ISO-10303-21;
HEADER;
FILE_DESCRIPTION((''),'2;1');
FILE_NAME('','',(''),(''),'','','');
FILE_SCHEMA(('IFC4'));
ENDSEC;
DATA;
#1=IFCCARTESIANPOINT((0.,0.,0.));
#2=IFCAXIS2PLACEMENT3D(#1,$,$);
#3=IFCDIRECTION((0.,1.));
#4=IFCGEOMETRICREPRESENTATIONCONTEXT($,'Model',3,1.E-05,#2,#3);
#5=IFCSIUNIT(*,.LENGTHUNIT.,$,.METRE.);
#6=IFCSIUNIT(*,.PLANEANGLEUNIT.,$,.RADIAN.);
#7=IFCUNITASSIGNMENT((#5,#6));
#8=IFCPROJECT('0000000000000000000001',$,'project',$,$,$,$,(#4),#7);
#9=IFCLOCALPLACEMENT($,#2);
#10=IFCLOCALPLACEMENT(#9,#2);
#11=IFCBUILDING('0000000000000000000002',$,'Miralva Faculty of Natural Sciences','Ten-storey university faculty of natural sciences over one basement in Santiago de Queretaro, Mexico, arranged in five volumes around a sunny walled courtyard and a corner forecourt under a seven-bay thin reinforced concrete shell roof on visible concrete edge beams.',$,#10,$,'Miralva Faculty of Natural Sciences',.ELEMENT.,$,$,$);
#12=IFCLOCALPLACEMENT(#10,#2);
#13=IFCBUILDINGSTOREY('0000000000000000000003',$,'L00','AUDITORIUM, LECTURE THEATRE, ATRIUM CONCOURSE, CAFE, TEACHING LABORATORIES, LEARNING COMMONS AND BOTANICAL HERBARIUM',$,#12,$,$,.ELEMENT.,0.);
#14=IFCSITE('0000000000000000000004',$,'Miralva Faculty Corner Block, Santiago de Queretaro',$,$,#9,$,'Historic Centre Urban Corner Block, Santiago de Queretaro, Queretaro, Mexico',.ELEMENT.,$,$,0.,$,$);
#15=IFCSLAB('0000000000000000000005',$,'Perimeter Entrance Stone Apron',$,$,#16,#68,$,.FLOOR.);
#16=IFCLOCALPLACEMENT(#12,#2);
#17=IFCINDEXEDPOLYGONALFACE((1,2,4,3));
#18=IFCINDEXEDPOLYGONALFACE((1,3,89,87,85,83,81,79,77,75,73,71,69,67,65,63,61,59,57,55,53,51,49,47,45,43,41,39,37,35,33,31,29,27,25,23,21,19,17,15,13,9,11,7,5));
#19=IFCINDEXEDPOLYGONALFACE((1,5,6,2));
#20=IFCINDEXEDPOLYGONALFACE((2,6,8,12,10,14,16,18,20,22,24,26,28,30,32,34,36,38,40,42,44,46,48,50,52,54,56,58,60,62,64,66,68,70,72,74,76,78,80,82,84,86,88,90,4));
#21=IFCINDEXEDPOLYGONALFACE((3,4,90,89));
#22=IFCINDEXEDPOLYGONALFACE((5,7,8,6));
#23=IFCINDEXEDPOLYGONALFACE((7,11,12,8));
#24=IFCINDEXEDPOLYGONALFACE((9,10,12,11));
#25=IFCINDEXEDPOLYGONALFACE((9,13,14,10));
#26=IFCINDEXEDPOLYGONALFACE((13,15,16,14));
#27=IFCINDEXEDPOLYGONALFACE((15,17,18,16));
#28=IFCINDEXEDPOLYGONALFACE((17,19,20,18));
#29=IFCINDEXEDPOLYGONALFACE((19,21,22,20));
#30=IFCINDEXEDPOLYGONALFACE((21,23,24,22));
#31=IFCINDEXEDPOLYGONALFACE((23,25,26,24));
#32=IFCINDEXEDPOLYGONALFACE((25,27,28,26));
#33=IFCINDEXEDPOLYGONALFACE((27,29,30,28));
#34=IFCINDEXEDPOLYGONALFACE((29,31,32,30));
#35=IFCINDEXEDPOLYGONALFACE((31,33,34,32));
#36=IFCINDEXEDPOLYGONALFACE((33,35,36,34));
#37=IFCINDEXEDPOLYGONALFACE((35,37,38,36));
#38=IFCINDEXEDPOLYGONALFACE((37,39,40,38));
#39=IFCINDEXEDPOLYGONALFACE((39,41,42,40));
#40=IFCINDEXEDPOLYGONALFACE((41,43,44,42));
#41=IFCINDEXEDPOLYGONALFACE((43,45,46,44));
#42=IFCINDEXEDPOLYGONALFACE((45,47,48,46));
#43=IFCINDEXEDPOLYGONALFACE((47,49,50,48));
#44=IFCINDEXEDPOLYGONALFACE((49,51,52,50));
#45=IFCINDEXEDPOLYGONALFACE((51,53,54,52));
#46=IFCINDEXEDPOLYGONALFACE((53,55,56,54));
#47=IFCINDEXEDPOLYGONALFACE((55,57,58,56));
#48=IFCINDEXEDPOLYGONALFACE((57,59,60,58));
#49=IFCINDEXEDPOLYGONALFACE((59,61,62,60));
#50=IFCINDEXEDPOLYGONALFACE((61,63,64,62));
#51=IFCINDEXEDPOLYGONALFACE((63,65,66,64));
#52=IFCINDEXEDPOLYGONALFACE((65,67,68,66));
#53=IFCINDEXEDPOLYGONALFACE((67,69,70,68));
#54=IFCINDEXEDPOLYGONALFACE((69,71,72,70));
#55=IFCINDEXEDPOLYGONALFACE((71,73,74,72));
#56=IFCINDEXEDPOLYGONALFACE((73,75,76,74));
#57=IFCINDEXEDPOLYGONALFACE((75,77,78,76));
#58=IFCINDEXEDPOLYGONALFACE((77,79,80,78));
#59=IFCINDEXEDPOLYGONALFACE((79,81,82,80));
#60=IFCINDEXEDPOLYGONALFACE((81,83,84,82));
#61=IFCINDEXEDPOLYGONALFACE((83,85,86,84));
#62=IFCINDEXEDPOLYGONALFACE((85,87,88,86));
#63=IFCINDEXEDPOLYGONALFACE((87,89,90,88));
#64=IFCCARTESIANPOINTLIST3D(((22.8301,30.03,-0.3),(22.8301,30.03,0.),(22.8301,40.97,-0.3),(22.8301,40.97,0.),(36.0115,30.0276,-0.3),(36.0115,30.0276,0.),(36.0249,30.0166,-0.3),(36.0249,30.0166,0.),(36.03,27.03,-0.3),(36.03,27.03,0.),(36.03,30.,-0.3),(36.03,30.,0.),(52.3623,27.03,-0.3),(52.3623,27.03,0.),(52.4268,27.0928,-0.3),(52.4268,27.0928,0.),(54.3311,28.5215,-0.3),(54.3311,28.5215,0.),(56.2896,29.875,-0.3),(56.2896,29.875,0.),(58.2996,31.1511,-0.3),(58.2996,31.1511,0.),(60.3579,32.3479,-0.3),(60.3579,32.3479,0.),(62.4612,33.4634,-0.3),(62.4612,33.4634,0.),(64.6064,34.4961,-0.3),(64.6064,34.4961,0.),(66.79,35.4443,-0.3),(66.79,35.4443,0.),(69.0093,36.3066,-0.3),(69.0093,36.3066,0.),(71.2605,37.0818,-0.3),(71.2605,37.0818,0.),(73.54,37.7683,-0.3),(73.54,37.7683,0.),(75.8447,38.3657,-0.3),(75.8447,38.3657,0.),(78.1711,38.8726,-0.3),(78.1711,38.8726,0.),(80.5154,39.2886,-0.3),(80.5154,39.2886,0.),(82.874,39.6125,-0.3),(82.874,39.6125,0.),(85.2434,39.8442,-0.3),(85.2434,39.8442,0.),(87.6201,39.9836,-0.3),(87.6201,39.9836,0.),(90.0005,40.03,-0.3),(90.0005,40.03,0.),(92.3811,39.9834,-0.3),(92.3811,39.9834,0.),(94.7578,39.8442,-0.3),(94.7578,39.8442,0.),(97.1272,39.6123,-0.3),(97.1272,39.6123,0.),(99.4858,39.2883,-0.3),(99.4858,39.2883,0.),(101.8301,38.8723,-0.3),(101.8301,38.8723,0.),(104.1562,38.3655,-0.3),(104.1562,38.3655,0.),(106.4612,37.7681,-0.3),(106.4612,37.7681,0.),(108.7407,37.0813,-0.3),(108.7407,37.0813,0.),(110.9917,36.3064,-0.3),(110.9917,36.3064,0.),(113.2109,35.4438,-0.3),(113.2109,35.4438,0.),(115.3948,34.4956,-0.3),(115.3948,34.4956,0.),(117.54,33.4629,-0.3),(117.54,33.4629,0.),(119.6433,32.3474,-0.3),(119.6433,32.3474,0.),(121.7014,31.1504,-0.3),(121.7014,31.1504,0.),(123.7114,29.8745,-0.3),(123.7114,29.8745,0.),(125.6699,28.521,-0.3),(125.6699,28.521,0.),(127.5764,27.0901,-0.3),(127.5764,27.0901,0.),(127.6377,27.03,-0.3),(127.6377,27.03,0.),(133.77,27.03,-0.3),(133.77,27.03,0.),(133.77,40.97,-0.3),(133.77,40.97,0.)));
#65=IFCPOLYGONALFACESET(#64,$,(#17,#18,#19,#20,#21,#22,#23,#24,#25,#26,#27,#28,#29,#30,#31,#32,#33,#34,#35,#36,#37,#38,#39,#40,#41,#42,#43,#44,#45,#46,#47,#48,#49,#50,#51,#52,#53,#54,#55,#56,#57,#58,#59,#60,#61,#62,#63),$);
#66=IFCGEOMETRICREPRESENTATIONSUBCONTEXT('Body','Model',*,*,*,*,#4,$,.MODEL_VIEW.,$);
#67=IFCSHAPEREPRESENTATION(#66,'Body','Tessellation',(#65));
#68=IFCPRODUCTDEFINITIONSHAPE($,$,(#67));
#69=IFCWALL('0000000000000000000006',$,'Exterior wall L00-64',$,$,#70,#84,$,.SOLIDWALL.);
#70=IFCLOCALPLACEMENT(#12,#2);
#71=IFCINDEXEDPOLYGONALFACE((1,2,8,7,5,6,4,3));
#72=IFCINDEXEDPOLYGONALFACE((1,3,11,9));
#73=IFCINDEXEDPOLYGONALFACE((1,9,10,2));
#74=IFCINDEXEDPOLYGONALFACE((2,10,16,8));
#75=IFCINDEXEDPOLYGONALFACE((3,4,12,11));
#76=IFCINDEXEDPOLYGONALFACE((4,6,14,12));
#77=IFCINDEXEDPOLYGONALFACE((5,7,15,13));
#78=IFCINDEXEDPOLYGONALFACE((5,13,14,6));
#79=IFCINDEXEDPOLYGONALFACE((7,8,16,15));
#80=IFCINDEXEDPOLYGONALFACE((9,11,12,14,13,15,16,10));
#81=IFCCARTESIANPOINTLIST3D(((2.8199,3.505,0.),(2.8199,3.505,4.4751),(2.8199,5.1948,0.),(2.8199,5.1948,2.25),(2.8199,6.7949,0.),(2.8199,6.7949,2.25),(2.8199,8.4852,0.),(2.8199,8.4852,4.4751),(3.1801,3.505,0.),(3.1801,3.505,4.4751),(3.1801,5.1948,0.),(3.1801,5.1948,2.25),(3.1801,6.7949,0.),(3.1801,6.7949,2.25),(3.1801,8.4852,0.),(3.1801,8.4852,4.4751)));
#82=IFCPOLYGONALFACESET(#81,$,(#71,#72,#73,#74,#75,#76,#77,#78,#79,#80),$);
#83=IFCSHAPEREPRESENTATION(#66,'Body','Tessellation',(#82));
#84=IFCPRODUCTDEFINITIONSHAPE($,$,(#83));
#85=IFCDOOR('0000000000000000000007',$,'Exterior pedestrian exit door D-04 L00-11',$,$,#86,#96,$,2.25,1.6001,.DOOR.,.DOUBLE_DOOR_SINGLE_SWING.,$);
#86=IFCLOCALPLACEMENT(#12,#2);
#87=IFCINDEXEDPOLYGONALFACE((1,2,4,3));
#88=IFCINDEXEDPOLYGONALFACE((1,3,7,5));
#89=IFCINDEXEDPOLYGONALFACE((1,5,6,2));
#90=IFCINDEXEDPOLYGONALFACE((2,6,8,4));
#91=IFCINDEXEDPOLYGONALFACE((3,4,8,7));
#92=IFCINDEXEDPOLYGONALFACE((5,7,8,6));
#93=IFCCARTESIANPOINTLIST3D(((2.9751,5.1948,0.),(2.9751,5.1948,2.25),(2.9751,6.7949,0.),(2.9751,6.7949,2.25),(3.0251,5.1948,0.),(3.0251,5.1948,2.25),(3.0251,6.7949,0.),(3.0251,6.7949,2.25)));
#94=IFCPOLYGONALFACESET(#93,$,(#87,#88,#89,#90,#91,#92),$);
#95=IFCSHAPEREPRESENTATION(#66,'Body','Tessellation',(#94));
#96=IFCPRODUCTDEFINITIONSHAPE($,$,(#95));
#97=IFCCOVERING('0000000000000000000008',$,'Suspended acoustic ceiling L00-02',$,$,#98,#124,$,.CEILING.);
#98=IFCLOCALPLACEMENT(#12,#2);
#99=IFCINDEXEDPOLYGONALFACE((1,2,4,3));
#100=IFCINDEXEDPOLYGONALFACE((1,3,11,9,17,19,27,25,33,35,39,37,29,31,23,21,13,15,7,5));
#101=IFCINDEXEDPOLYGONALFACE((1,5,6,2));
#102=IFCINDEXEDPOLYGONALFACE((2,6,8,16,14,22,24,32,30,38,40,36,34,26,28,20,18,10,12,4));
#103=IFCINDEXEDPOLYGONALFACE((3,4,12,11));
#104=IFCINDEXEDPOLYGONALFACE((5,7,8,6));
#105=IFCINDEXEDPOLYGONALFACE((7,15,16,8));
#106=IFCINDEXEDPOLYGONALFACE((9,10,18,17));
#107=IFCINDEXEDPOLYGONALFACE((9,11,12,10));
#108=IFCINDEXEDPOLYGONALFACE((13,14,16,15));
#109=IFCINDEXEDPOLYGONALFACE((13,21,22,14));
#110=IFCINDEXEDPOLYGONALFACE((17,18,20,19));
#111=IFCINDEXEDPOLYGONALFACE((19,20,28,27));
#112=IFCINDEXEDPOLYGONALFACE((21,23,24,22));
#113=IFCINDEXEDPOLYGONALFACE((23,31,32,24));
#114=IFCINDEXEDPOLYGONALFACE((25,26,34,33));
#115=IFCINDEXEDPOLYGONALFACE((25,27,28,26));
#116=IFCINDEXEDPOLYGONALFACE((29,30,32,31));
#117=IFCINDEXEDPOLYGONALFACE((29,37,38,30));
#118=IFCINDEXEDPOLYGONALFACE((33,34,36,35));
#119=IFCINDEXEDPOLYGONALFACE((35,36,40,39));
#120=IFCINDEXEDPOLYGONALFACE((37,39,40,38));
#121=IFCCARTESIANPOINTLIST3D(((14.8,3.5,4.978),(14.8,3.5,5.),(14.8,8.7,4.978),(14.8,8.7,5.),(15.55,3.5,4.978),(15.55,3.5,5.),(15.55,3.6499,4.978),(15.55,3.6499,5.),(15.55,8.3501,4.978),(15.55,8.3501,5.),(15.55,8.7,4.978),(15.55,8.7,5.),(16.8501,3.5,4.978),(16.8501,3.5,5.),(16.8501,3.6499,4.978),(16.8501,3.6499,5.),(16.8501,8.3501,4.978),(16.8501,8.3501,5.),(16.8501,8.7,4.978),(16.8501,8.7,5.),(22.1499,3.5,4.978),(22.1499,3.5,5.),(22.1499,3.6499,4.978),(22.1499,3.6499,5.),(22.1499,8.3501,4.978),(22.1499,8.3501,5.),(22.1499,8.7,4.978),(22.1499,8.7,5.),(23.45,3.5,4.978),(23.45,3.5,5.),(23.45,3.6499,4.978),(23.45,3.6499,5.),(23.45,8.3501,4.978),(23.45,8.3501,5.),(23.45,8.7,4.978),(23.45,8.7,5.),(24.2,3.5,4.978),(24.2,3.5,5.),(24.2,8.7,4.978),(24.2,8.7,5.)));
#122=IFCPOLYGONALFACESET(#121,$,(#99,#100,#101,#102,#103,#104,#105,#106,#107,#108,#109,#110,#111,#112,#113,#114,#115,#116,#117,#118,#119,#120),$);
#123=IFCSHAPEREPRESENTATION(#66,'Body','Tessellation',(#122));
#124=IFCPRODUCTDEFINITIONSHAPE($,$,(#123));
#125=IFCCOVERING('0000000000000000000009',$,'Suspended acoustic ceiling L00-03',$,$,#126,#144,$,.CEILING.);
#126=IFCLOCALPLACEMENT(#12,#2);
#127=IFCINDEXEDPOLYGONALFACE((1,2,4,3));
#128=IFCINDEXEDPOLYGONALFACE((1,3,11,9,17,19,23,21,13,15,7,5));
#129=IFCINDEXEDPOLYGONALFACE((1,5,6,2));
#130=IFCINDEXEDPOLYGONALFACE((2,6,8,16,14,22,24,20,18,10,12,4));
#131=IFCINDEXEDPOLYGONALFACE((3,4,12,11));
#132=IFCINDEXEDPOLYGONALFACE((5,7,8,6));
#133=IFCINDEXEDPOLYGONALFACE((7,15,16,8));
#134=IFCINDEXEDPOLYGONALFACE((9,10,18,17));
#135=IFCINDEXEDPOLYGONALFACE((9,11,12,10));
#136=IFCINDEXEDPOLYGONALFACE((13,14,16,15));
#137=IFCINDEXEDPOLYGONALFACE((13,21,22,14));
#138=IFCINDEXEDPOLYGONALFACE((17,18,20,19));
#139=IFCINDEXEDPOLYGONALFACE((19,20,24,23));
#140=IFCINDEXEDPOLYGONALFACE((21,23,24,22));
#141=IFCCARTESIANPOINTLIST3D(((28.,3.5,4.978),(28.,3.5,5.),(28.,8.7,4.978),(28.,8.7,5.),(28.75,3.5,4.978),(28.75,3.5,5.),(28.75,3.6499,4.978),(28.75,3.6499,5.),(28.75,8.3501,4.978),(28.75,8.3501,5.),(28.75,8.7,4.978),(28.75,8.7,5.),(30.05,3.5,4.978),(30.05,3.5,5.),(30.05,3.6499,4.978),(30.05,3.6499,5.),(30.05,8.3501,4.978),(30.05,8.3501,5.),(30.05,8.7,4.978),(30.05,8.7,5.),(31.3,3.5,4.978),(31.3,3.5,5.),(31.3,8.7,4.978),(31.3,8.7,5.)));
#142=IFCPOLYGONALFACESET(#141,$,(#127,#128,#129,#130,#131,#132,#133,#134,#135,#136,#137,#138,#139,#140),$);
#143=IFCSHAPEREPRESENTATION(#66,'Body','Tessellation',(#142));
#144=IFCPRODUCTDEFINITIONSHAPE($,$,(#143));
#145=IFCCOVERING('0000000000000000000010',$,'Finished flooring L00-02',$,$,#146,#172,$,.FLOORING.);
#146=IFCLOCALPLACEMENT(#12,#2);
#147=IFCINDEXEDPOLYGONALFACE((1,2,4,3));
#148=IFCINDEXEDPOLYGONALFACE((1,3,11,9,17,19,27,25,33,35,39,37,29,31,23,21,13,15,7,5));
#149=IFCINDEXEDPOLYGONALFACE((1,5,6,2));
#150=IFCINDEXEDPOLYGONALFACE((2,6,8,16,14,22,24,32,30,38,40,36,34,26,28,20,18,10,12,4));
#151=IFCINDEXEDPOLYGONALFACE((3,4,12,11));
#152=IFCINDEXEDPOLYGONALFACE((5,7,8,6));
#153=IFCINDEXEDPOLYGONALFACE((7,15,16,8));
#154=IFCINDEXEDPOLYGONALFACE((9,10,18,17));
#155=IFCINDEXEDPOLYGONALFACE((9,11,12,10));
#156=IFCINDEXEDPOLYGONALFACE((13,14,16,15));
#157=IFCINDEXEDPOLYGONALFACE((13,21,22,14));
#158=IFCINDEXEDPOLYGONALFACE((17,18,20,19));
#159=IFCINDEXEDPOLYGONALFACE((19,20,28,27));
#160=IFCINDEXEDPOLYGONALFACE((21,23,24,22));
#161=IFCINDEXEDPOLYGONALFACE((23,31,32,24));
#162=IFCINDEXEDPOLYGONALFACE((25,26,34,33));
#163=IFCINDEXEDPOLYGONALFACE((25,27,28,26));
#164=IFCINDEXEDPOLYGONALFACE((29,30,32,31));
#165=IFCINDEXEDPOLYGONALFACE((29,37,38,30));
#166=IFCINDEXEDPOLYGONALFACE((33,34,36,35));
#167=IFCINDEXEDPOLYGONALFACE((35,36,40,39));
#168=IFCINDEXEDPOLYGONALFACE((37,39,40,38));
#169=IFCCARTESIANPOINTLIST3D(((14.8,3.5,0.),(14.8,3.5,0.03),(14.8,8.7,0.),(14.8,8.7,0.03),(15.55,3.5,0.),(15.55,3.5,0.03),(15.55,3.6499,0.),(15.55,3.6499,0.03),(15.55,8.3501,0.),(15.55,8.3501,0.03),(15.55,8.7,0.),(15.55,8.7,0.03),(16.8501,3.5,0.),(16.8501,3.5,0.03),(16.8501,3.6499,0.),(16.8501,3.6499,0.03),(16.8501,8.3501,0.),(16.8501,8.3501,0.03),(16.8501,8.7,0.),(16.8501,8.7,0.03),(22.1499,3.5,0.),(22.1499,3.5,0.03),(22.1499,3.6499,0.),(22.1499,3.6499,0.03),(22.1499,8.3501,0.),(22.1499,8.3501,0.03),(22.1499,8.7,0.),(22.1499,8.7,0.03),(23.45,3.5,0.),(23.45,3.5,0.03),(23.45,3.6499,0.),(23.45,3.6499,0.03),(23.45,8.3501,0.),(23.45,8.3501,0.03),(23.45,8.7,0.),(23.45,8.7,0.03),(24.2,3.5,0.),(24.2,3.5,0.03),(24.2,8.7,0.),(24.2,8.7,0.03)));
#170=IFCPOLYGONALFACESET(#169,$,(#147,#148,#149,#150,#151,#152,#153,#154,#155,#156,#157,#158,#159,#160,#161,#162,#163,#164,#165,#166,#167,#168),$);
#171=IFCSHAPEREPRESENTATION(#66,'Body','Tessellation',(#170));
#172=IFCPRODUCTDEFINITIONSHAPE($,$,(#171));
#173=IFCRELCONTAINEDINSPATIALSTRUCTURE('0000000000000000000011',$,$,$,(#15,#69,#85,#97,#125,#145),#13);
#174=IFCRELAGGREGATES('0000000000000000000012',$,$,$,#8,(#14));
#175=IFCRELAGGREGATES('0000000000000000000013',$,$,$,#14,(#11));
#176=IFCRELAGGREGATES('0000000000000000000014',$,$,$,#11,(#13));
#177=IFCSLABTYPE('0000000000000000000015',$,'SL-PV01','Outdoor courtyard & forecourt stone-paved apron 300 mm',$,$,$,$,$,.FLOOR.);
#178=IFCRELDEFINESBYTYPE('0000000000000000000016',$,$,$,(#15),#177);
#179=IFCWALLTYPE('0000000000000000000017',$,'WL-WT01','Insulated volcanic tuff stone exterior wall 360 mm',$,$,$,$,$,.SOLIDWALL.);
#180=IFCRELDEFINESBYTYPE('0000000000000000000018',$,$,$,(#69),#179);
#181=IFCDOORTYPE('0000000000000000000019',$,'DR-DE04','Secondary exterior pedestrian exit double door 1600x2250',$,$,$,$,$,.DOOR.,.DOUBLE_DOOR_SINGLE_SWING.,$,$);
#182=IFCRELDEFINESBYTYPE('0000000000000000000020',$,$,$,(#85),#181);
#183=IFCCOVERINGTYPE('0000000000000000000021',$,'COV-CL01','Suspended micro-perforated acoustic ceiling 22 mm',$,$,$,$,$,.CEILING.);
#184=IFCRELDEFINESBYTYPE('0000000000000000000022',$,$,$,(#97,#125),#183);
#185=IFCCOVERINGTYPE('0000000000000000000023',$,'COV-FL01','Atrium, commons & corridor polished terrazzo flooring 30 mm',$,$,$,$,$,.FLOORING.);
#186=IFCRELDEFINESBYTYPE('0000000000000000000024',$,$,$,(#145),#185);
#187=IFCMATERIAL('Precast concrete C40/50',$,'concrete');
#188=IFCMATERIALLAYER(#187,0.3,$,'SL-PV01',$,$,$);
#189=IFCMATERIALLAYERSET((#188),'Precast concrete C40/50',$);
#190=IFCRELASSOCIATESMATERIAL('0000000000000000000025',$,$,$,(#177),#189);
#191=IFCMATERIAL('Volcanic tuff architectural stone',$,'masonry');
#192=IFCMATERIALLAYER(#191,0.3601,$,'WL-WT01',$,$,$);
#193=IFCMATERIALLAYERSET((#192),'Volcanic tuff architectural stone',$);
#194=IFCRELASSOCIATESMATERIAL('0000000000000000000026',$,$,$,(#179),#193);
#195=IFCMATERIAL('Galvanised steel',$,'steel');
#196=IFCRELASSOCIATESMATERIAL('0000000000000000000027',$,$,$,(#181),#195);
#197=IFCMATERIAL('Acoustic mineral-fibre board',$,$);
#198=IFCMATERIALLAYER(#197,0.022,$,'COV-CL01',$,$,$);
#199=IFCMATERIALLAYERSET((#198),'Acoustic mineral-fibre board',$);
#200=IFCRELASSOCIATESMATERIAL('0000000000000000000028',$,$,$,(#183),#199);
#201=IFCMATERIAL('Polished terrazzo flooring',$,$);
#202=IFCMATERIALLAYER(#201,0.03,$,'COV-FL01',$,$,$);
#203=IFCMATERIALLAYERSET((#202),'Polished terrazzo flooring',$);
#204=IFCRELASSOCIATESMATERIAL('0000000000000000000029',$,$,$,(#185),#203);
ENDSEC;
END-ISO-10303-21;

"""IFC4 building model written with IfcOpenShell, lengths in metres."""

from ifc_helpers import new_model, si_unit, direction, frame, frame_2d, origin, place, context, subcontext, project, spatial, polyline, rectangle, outline, extrude, material, layer, layer_set, type_object, element, fill, save


model = new_model("IFC4")

# Units and contexts
model_context = context("Model", 3, precision=1e-05, world=origin(), true_north=direction((0.0, 1.0)))
body_context = subcontext(model_context, "Body", "Model", "MODEL_VIEW")
ifc_project = project(units=[si_unit("LENGTHUNIT", "METRE"), si_unit("PLANEANGLEUNIT", "RADIAN")], contexts=[model_context])

# Site, building, storey
site_placement = place(None, origin())
site = spatial("IfcSite", under=ifc_project, at=site_placement, Name="Miralva Faculty Corner Block, Santiago de Queretaro", LongName="Historic Centre Urban Corner Block, Santiago de Queretaro, Queretaro, Mexico", CompositionType="ELEMENT", RefElevation=0.0)
building_placement = place(site_placement, origin())
building = spatial("IfcBuilding", under=site, at=building_placement, Name="Miralva Faculty of Natural Sciences", Description="Ten-storey university faculty of natural sciences over one basement in Santiago de Queretaro, Mexico, arranged in five volumes around a sunny walled courtyard and a corner forecourt under a seven-bay thin reinforced concrete shell roof on visible concrete edge beams.", LongName="Miralva Faculty of Natural Sciences", CompositionType="ELEMENT")
storey_placement = place(building_placement, origin())
storey = spatial("IfcBuildingStorey", under=building, at=storey_placement, Name="L00", Description="AUDITORIUM, LECTURE THEATRE, ATRIUM CONCOURSE, CAFE, TEACHING LABORATORIES, LEARNING COMMONS AND BOTANICAL HERBARIUM", CompositionType="ELEMENT", Elevation=0.0)

# Shared definitions
ifc_material_1 = material(Name="Precast concrete C40/50", Category="concrete")

# Slab
ifc_layer_1 = layer(ifc_material_1, 0.3, Name="SL-PV01")
ifc_layer_set_1 = layer_set([ifc_layer_1], Name="Precast concrete C40/50")
slab_type_1 = type_object("IfcSlabType", Name="SL-PV01", Description="Outdoor courtyard & forecourt stone-paved apron 300 mm", PredefinedType="FLOOR", material=ifc_layer_set_1)
slab_1_placement = place(storey_placement, frame((0.0, 0.0, -0.3)))
element("IfcSlab", 1, at=slab_1_placement, inside=storey, type_object=slab_type_1, Name="Perimeter Entrance Stone Apron", PredefinedType="FLOOR", context=body_context, shape_type="SweptSolid", body=[
    extrude(outline(polyline([(127.5764, 27.0901), (125.6699, 28.521), (123.7114, 29.8745), (121.7014, 31.1504), (119.6433, 32.3474), (117.54, 33.4629), (115.3948, 34.4956), (113.2109, 35.4438), (110.9917, 36.3064), (108.7407, 37.0813), (106.4612, 37.7681), (104.1562, 38.3655), (101.8301, 38.8723), (99.4858, 39.2883), (97.1272, 39.6123), (94.7578, 39.8442), (92.3811, 39.9834), (90.0005, 40.03), (87.6201, 39.9836), (85.2434, 39.8442), (82.874, 39.6125), (80.5154, 39.2886), (78.1711, 38.8726), (75.8447, 38.3657), (73.54, 37.7683), (71.2605, 37.0818), (69.0093, 36.3066), (66.79, 35.4443), (64.6064, 34.4961), (62.4612, 33.4634), (60.3579, 32.3479), (58.2996, 31.1511), (56.2896, 29.875), (54.3311, 28.5215), (52.4268, 27.0928), (52.3623, 27.03), (36.03, 27.03), (36.03, 30.0), (36.0249, 30.0166), (36.0115, 30.0276), (22.8301, 30.03), (22.8301, 40.97), (133.77, 40.97), (133.77, 27.03), (127.6377, 27.03), (127.5764, 27.0901)])), origin(), (0.0, 0.0, 1.0), 0.3),
])

# Wall, opening, door
ifc_material_2 = material(Name="Volcanic tuff architectural stone", Category="masonry")
ifc_layer_2 = layer(ifc_material_2, 0.3601, Name="WL-WT01")
ifc_layer_set_2 = layer_set([ifc_layer_2], Name="Volcanic tuff architectural stone")
wall_type = type_object("IfcWallType", Name="WL-WT01", Description="Insulated volcanic tuff stone exterior wall 360 mm", PredefinedType="SOLIDWALL", material=ifc_layer_set_2)
wall_placement = place(storey_placement, frame((3.0, 3.5049, 0.0), z_axis=(0.0, 0.0, 1.0), x_axis=(0.0, 1.0, 0.0)))
wall = element("IfcWall", 2, at=wall_placement, inside=storey, type_object=wall_type, Name="Exterior wall L00-64", PredefinedType="SOLIDWALL", context=body_context, shape_type="SweptSolid", body=[
    extrude(rectangle(XDim=4.9802, YDim=0.3601, at=frame_2d((2.4902, 0.0))), origin(), (0.0, 0.0, 1.0), 4.4751),
])
opening_placement = place(wall_placement, frame((1.6899, 0.0, 0.0)))
opening = element("IfcOpeningElement", 3, at=opening_placement, cuts=wall, PredefinedType="OPENING", context=body_context, shape_type="SweptSolid", body=[
    extrude(rectangle(XDim=1.6001, YDim=2.25, at=frame_2d((0.8, 1.125))), frame((0.0, 0.1899, 0.0), z_axis=(0.0, -1.0, 0.0), x_axis=(1.0, 0.0, 0.0)), (0.0, 0.0, 1.0), 0.3801),
])
ifc_material_3 = material(Name="Galvanised steel", Category="steel")
door_type = type_object("IfcDoorType", Name="DR-DE04", Description="Secondary exterior pedestrian exit double door 1600x2250", OperationType="DOUBLE_DOOR_SINGLE_SWING", PredefinedType="DOOR", material=ifc_material_3)
door_placement = place(opening_placement, origin())
door = element("IfcDoor", 4, at=door_placement, inside=storey, type_object=door_type, Name="Exterior pedestrian exit door D-04 L00-11", OperationType="DOUBLE_DOOR_SINGLE_SWING", OverallHeight=2.25, OverallWidth=1.6001, PredefinedType="DOOR", context=body_context, shape_type="SweptSolid", body=[
    extrude(rectangle(XDim=1.6001, YDim=2.25, at=frame_2d((0.8, 1.125))), frame((0.0, 0.0249, 0.0), z_axis=(0.0, -1.0, 0.0), x_axis=(1.0, 0.0, 0.0)), (0.0, 0.0, 1.0), 0.05),
])
fill(opening, door)

# Coverings
ifc_material_4 = material(Name="Acoustic mineral-fibre board")
ifc_layer_3 = layer(ifc_material_4, 0.022, Name="COV-CL01")
ifc_layer_set_3 = layer_set([ifc_layer_3], Name="Acoustic mineral-fibre board")
covering_type_1 = type_object("IfcCoveringType", Name="COV-CL01", Description="Suspended micro-perforated acoustic ceiling 22 mm", PredefinedType="CEILING", material=ifc_layer_set_3)
covering_1_placement = place(storey_placement, frame((0.0, 0.0, 4.978)))
element("IfcCovering", 5, at=covering_1_placement, inside=storey, type_object=covering_type_1, Name="Suspended acoustic ceiling L00-02", PredefinedType="CEILING", context=body_context, shape_type="SweptSolid", body=[
    extrude(outline(polyline([(23.45, 3.6499), (22.1499, 3.6499), (22.1499, 3.5), (16.8501, 3.5), (16.8501, 3.6499), (15.55, 3.6499), (15.55, 3.5), (14.8, 3.5), (14.8, 8.7), (15.55, 8.7), (15.55, 8.3501), (16.8501, 8.3501), (16.8501, 8.7), (22.1499, 8.7), (22.1499, 8.3501), (23.45, 8.3501), (23.45, 8.7), (24.2, 8.7), (24.2, 3.5), (23.45, 3.5), (23.45, 3.6499)])), origin(), (0.0, 0.0, 1.0), 0.022),
])
covering_2_placement = place(storey_placement, frame((0.0, 0.0, 4.978)))
element("IfcCovering", 6, at=covering_2_placement, inside=storey, type_object=covering_type_1, Name="Suspended acoustic ceiling L00-03", PredefinedType="CEILING", context=body_context, shape_type="SweptSolid", body=[
    extrude(outline(polyline([(28.0, 8.7), (28.75, 8.7), (28.75, 8.3501), (30.05, 8.3501), (30.05, 8.7), (31.3, 8.7), (31.3, 3.5), (30.05, 3.5), (30.05, 3.6499), (28.75, 3.6499), (28.75, 3.5), (28.0, 3.5), (28.0, 8.7)])), origin(), (0.0, 0.0, 1.0), 0.022),
])
ifc_material_5 = material(Name="Polished terrazzo flooring")
ifc_layer_4 = layer(ifc_material_5, 0.03, Name="COV-FL01")
ifc_layer_set_4 = layer_set([ifc_layer_4], Name="Polished terrazzo flooring")
covering_type_2 = type_object("IfcCoveringType", Name="COV-FL01", Description="Atrium, commons & corridor polished terrazzo flooring 30 mm", PredefinedType="FLOORING", material=ifc_layer_set_4)
covering_3_placement = place(storey_placement, origin())
element("IfcCovering", 7, at=covering_3_placement, inside=storey, type_object=covering_type_2, Name="Finished flooring L00-02", PredefinedType="FLOORING", context=body_context, shape_type="SweptSolid", body=[
    extrude(outline(polyline([(23.45, 3.6499), (22.1499, 3.6499), (22.1499, 3.5), (16.8501, 3.5), (16.8501, 3.6499), (15.55, 3.6499), (15.55, 3.5), (14.8, 3.5), (14.8, 8.7), (15.55, 8.7), (15.55, 8.3501), (16.8501, 8.3501), (16.8501, 8.7), (22.1499, 8.7), (22.1499, 8.3501), (23.45, 8.3501), (23.45, 8.7), (24.2, 8.7), (24.2, 3.5), (23.45, 3.5), (23.45, 3.6499)])), origin(), (0.0, 0.0, 1.0), 0.03),
])

save(model, "model.ifc")
